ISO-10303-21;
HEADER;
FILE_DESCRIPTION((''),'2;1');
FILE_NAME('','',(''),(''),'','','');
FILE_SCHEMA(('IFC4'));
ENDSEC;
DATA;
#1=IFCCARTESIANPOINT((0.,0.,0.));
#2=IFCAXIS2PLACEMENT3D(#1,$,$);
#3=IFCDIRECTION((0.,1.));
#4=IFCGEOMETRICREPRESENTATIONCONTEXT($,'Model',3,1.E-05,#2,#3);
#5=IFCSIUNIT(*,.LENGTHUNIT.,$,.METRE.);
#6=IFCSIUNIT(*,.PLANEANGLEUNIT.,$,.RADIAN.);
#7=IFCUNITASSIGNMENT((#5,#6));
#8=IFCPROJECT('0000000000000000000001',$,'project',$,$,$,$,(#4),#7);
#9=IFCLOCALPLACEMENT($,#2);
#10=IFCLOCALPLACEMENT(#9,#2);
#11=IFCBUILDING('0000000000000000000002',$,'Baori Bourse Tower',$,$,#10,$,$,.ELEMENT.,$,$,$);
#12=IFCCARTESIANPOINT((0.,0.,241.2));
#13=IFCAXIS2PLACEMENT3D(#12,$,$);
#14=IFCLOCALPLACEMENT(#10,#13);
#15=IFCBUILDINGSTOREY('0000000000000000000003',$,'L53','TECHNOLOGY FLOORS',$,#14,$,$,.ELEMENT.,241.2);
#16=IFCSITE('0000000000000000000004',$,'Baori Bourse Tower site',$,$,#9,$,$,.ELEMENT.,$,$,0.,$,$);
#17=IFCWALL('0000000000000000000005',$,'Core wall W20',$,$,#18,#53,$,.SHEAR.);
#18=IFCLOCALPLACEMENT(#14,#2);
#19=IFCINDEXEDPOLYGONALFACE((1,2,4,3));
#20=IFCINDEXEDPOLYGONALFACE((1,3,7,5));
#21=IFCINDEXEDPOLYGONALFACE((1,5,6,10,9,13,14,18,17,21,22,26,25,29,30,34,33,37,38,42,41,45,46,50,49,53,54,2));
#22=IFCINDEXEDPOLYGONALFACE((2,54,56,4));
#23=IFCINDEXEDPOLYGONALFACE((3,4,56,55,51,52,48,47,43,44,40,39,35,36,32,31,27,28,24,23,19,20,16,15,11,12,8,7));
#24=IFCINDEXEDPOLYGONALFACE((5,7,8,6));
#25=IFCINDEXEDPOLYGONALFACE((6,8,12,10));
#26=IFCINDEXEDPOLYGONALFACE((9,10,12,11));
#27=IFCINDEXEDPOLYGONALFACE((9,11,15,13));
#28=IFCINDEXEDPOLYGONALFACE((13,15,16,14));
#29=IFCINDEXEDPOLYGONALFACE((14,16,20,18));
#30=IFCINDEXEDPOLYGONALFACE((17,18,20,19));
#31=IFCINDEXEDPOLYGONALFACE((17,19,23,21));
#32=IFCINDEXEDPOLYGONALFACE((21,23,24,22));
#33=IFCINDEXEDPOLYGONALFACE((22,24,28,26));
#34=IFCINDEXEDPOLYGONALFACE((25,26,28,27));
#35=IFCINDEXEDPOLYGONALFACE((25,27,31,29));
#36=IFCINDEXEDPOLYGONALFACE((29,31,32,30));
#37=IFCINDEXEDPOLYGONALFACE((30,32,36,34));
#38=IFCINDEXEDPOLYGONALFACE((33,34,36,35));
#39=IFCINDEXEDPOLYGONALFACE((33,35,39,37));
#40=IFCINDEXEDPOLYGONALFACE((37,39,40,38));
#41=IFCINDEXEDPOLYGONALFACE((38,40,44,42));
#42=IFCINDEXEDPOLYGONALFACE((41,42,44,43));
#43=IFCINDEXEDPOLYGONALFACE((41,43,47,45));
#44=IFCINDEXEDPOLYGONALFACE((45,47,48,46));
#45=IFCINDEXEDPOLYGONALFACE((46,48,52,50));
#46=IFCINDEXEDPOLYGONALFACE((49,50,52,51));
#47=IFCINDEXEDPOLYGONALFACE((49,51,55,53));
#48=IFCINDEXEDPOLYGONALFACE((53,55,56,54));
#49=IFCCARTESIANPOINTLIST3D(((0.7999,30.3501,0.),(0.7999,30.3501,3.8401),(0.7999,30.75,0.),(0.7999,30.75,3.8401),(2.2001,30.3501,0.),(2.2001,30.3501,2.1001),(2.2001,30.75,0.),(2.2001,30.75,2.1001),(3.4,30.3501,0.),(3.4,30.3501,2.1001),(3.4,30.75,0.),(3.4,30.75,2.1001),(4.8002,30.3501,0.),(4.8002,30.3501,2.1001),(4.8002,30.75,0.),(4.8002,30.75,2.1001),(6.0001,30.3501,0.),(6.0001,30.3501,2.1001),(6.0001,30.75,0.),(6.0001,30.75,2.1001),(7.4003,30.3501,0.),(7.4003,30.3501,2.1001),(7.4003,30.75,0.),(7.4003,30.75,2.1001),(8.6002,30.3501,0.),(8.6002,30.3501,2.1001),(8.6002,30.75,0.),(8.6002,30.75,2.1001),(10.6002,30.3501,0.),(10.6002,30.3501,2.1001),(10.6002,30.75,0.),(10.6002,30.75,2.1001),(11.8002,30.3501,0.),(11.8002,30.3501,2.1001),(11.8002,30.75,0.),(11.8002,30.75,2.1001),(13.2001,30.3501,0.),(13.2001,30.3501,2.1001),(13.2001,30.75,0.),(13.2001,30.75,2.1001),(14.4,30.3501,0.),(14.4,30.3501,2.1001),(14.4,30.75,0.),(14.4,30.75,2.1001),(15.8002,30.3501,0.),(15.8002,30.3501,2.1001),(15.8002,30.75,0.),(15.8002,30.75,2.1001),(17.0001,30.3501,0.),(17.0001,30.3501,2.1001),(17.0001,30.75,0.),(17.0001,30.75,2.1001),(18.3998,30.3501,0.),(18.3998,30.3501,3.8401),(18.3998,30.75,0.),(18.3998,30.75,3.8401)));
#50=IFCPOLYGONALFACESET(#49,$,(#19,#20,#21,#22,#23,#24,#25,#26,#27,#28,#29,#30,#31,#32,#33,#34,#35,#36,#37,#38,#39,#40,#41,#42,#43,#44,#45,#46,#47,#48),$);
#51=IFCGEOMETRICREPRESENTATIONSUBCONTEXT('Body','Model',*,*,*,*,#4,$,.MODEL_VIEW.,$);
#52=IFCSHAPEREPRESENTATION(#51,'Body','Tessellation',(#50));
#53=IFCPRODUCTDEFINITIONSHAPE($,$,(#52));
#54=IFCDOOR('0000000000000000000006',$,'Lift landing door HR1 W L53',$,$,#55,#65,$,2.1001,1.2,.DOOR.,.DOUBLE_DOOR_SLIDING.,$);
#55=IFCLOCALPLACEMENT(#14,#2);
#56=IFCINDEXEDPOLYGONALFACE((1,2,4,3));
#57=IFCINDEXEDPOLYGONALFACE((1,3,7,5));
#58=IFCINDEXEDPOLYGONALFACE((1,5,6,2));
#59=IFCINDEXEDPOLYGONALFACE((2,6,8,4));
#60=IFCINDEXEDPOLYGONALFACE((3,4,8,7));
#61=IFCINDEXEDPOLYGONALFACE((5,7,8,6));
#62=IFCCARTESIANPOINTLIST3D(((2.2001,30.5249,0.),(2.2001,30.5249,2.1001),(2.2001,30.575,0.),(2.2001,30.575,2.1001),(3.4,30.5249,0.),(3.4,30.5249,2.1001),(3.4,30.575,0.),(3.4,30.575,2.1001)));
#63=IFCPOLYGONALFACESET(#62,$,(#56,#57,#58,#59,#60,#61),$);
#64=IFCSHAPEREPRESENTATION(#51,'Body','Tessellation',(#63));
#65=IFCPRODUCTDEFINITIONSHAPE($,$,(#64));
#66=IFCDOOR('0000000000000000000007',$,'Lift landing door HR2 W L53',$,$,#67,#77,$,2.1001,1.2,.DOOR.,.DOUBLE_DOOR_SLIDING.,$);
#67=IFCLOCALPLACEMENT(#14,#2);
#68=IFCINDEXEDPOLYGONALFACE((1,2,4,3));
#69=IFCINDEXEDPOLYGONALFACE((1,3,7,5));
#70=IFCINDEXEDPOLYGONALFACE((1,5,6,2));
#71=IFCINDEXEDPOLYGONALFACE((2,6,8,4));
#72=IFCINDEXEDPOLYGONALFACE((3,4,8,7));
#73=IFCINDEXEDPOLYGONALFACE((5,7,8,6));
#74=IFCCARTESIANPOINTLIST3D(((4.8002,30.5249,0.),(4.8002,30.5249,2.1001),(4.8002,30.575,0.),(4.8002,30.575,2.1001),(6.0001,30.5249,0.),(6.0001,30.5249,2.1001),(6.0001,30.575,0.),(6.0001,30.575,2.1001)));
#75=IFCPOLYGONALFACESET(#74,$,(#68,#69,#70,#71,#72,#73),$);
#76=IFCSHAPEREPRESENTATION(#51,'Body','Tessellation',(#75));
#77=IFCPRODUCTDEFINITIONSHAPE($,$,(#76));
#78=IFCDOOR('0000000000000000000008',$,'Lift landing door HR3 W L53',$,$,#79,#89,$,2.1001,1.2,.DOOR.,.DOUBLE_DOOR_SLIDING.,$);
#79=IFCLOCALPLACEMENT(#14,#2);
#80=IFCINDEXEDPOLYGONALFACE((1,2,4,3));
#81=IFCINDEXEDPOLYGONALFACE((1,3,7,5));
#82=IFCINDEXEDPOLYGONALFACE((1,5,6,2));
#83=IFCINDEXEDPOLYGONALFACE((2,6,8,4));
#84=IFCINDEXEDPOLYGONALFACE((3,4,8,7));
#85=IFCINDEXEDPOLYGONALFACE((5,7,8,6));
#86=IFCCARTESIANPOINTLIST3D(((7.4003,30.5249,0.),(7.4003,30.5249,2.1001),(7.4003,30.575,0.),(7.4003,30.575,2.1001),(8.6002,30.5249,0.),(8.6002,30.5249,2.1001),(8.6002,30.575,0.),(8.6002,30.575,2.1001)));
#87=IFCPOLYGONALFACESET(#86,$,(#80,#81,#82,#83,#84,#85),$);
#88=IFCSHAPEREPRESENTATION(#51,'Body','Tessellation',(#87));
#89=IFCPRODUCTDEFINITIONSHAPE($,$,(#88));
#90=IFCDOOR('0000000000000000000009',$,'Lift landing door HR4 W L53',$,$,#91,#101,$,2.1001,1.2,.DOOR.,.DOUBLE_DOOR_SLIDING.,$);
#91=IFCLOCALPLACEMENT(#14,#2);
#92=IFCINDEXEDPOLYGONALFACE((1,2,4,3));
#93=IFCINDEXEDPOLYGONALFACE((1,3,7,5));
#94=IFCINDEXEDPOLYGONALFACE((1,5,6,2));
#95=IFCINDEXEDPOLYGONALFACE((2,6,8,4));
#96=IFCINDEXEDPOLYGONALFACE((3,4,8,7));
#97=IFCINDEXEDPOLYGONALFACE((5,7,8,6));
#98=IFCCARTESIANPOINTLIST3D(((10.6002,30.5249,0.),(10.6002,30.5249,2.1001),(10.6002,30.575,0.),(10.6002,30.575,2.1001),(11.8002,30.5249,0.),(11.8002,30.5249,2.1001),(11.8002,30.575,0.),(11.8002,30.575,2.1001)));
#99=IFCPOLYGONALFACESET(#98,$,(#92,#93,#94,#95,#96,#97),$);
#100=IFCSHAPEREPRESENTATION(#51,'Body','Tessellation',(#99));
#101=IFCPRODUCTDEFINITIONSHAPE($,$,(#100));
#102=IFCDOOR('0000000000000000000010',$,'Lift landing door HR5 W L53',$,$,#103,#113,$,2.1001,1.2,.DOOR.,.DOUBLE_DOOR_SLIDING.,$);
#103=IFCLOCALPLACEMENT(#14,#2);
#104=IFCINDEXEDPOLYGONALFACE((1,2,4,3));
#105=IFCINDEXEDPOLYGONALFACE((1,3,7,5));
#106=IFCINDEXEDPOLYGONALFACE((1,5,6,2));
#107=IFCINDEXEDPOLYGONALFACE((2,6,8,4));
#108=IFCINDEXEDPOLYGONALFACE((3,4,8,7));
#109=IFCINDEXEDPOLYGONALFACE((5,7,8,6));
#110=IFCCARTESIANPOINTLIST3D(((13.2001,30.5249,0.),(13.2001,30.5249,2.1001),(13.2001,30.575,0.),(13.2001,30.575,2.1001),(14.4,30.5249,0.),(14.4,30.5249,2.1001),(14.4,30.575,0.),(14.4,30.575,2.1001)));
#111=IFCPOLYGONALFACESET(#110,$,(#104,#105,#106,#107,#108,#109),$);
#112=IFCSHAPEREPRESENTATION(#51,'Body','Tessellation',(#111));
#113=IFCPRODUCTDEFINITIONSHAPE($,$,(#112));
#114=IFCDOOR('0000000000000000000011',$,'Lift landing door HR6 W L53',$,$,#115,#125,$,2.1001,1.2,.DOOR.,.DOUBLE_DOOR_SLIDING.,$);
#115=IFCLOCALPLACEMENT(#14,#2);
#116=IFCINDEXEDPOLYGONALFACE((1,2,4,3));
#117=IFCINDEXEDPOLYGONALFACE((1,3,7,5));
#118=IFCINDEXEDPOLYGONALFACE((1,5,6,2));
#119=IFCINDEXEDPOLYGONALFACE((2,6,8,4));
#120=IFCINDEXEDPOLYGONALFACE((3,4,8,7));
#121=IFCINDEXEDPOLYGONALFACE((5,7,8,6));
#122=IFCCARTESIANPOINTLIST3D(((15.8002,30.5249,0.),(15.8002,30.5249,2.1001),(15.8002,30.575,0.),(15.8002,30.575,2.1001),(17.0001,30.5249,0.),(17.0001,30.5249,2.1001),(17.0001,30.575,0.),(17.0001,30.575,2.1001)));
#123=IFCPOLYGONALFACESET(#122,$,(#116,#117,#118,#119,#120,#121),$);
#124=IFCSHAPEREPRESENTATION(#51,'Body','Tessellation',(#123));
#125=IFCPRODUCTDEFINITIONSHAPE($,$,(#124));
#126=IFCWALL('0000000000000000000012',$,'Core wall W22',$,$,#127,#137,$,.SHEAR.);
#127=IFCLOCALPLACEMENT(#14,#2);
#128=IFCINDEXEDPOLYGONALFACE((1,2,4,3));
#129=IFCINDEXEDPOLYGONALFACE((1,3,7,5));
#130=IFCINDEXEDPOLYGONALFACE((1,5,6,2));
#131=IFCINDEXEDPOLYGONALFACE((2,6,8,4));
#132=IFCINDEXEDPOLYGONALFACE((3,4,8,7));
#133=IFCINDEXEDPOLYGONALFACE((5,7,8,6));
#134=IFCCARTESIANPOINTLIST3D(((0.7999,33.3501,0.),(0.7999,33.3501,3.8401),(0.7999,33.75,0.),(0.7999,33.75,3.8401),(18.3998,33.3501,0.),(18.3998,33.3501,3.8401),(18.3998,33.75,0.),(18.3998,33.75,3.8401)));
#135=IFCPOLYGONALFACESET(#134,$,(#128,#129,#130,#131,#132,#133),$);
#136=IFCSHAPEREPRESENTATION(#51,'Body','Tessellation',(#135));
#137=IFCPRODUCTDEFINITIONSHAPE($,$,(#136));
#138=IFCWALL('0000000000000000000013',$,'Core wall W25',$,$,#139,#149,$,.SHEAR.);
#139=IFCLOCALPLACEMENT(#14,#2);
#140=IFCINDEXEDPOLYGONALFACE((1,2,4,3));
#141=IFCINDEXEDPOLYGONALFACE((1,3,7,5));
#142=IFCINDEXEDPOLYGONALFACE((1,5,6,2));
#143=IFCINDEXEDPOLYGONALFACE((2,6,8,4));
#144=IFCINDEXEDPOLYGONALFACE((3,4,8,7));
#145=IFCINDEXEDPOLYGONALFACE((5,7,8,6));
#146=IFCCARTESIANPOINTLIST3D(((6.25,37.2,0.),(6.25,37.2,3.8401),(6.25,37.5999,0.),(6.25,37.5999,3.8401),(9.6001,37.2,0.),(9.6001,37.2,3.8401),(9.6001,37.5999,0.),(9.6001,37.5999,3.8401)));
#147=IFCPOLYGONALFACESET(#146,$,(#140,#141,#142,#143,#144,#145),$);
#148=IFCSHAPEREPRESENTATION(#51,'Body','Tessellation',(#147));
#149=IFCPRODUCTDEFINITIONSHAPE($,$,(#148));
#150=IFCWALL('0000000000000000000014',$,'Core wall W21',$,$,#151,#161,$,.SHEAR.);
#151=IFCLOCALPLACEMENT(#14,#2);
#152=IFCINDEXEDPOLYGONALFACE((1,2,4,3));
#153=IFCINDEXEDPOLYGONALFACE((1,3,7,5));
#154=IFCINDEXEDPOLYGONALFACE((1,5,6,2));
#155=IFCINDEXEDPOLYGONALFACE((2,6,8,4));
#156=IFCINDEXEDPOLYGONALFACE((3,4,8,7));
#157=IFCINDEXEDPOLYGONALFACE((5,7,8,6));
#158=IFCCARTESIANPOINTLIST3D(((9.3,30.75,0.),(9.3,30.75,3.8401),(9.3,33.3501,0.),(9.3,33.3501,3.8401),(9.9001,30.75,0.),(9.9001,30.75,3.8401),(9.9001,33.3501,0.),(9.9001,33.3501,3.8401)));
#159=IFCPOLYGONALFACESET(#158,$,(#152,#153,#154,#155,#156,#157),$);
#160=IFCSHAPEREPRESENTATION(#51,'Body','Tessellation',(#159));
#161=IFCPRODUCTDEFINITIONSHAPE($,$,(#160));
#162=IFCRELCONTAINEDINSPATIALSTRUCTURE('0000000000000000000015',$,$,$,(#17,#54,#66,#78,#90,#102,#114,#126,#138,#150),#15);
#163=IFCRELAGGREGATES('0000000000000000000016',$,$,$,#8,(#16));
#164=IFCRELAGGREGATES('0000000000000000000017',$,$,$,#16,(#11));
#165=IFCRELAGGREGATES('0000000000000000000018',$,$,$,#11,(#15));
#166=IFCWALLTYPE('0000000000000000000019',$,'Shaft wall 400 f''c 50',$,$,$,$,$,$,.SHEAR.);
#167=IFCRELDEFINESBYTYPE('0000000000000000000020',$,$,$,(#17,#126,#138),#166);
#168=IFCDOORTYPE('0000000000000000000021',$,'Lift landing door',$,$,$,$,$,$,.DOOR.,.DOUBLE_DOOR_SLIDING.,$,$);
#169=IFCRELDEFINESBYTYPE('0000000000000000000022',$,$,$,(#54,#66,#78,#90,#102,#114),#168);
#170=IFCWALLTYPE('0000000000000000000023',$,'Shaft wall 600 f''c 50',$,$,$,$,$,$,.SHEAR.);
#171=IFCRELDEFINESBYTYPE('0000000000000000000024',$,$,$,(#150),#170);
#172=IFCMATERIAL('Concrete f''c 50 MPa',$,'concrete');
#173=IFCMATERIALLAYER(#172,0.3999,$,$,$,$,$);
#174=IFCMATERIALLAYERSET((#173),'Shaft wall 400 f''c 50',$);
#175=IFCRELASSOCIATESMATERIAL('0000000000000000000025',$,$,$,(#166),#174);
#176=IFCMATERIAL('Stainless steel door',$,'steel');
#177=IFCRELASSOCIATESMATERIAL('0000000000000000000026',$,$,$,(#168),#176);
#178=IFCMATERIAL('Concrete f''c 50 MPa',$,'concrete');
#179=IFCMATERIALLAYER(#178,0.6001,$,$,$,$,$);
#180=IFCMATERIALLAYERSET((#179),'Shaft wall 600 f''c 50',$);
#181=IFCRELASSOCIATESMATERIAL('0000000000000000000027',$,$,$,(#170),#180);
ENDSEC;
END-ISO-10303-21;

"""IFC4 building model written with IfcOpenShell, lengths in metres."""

from ifc_helpers import new_model, si_unit, direction, frame, frame_2d, origin, place, context, subcontext, project, spatial, rectangle, extrude, material, layer, layer_set, type_object, element, fill, save


model = new_model("IFC4")

# Units and contexts
model_context = context("Model", 3, precision=1e-05, world=origin(), true_north=direction((0.0, 1.0)))
body_context = subcontext(model_context, "Body", "Model", "MODEL_VIEW")
ifc_project = project(units=[si_unit("LENGTHUNIT", "METRE"), si_unit("PLANEANGLEUNIT", "RADIAN")], contexts=[model_context])

# Site, building, storey
site_placement = place(None, origin())
site = spatial("IfcSite", under=ifc_project, at=site_placement, Name="Baori Bourse Tower site", CompositionType="ELEMENT", RefElevation=0.0)
building_placement = place(site_placement, origin())
building = spatial("IfcBuilding", under=site, at=building_placement, Name="Baori Bourse Tower", CompositionType="ELEMENT")
storey_placement = place(building_placement, frame((0.0, 0.0, 241.2)))
storey = spatial("IfcBuildingStorey", under=building, at=storey_placement, Name="L53", Description="TECHNOLOGY FLOORS", CompositionType="ELEMENT", Elevation=241.2)

# Wall, openings, doors
ifc_material_1 = material(Name="Concrete f'c 50 MPa", Category="concrete")
ifc_layer_1 = layer(ifc_material_1, 0.3999)
ifc_layer_set_1 = layer_set([ifc_layer_1], Name="Shaft wall 400 f'c 50")
wall_type_1 = type_object("IfcWallType", Name="Shaft wall 400 f'c 50", PredefinedType="SHEAR", material=ifc_layer_set_1)
ifc_material_2 = material(Name="Stainless steel door", Category="steel")
door_type_1 = type_object("IfcDoorType", Name="Lift landing door", OperationType="DOUBLE_DOOR_SLIDING", PredefinedType="DOOR", material=ifc_material_2)
wall_1_placement = place(storey_placement, frame((0.8, 30.55, 0.0), z_axis=(0.0, 0.0, 1.0), x_axis=(1.0, 0.0, 0.0)))
wall_1 = element("IfcWall", 1, at=wall_1_placement, inside=storey, type_object=wall_type_1, Name="Core wall W20", PredefinedType="SHEAR", context=body_context, shape_type="SweptSolid", body=[
    extrude(rectangle(XDim=17.5999, YDim=0.3999, at=frame_2d((8.7998, 0.0))), origin(), (0.0, 0.0, 1.0), 3.8401),
])
opening_1_placement = place(wall_1_placement, frame((1.3999, 0.0, 0.0)))
opening_1 = element("IfcOpeningElement", 2, at=opening_1_placement, cuts=wall_1, PredefinedType="OPENING", context=body_context, shape_type="SweptSolid", body=[
    extrude(rectangle(XDim=1.2, YDim=2.1001, at=frame_2d((0.6001, 1.05))), frame((0.0, 0.21, 0.0), z_axis=(0.0, -1.0, 0.0), x_axis=(1.0, 0.0, 0.0)), (0.0, 0.0, 1.0), 0.4199),
])
opening_2_placement = place(wall_1_placement, frame((4.0, 0.0, 0.0)))
opening_2 = element("IfcOpeningElement", 3, at=opening_2_placement, cuts=wall_1, PredefinedType="OPENING", context=body_context, shape_type="SweptSolid", body=[
    extrude(rectangle(XDim=1.2, YDim=2.1001, at=frame_2d((0.6001, 1.05))), frame((0.0, 0.21, 0.0), z_axis=(0.0, -1.0, 0.0), x_axis=(1.0, 0.0, 0.0)), (0.0, 0.0, 1.0), 0.4199),
])
opening_3_placement = place(wall_1_placement, frame((6.6001, 0.0, 0.0)))
opening_3 = element("IfcOpeningElement", 4, at=opening_3_placement, cuts=wall_1, PredefinedType="OPENING", context=body_context, shape_type="SweptSolid", body=[
    extrude(rectangle(XDim=1.2, YDim=2.1001, at=frame_2d((0.6001, 1.05))), frame((0.0, 0.21, 0.0), z_axis=(0.0, -1.0, 0.0), x_axis=(1.0, 0.0, 0.0)), (0.0, 0.0, 1.0), 0.4199),
])
opening_4_placement = place(wall_1_placement, frame((9.8, 0.0, 0.0)))
opening_4 = element("IfcOpeningElement", 5, at=opening_4_placement, cuts=wall_1, PredefinedType="OPENING", context=body_context, shape_type="SweptSolid", body=[
    extrude(rectangle(XDim=1.2, YDim=2.1001, at=frame_2d((0.6001, 1.05))), frame((0.0, 0.21, 0.0), z_axis=(0.0, -1.0, 0.0), x_axis=(1.0, 0.0, 0.0)), (0.0, 0.0, 1.0), 0.4199),
])
opening_5_placement = place(wall_1_placement, frame((12.3999, 0.0, 0.0)))
opening_5 = element("IfcOpeningElement", 6, at=opening_5_placement, cuts=wall_1, PredefinedType="OPENING", context=body_context, shape_type="SweptSolid", body=[
    extrude(rectangle(XDim=1.2, YDim=2.1001, at=frame_2d((0.6001, 1.05))), frame((0.0, 0.21, 0.0), z_axis=(0.0, -1.0, 0.0), x_axis=(1.0, 0.0, 0.0)), (0.0, 0.0, 1.0), 0.4199),
])
opening_6_placement = place(wall_1_placement, frame((15.0, 0.0, 0.0)))
opening_6 = element("IfcOpeningElement", 7, at=opening_6_placement, cuts=wall_1, PredefinedType="OPENING", context=body_context, shape_type="SweptSolid", body=[
    extrude(rectangle(XDim=1.2, YDim=2.1001, at=frame_2d((0.6001, 1.05))), frame((0.0, 0.21, 0.0), z_axis=(0.0, -1.0, 0.0), x_axis=(1.0, 0.0, 0.0)), (0.0, 0.0, 1.0), 0.4199),
])
door_1_placement = place(opening_1_placement, origin())
door_1 = element("IfcDoor", 8, at=door_1_placement, inside=storey, type_object=door_type_1, Name="Lift landing door HR1 W L53", OperationType="DOUBLE_DOOR_SLIDING", OverallHeight=2.1001, OverallWidth=1.2, PredefinedType="DOOR", context=body_context, shape_type="SweptSolid", body=[
    extrude(rectangle(XDim=1.2, YDim=2.1001, at=frame_2d((0.6001, 1.05))), frame((0.0, 0.0249, 0.0), z_axis=(0.0, -1.0, 0.0), x_axis=(1.0, 0.0, 0.0)), (0.0, 0.0, 1.0), 0.05),
])
fill(opening_1, door_1)
door_2_placement = place(opening_2_placement, origin())
door_2 = element("IfcDoor", 9, at=door_2_placement, inside=storey, type_object=door_type_1, Name="Lift landing door HR2 W L53", OperationType="DOUBLE_DOOR_SLIDING", OverallHeight=2.1001, OverallWidth=1.2, PredefinedType="DOOR", context=body_context, shape_type="SweptSolid", body=[
    extrude(rectangle(XDim=1.2, YDim=2.1001, at=frame_2d((0.6001, 1.05))), frame((0.0, 0.0249, 0.0), z_axis=(0.0, -1.0, 0.0), x_axis=(1.0, 0.0, 0.0)), (0.0, 0.0, 1.0), 0.05),
])
fill(opening_2, door_2)
door_3_placement = place(opening_3_placement, origin())
door_3 = element("IfcDoor", 10, at=door_3_placement, inside=storey, type_object=door_type_1, Name="Lift landing door HR3 W L53", OperationType="DOUBLE_DOOR_SLIDING", OverallHeight=2.1001, OverallWidth=1.2, PredefinedType="DOOR", context=body_context, shape_type="SweptSolid", body=[
    extrude(rectangle(XDim=1.2, YDim=2.1001, at=frame_2d((0.6001, 1.05))), frame((0.0, 0.0249, 0.0), z_axis=(0.0, -1.0, 0.0), x_axis=(1.0, 0.0, 0.0)), (0.0, 0.0, 1.0), 0.05),
])
fill(opening_3, door_3)
door_4_placement = place(opening_4_placement, origin())
door_4 = element("IfcDoor", 11, at=door_4_placement, inside=storey, type_object=door_type_1, Name="Lift landing door HR4 W L53", OperationType="DOUBLE_DOOR_SLIDING", OverallHeight=2.1001, OverallWidth=1.2, PredefinedType="DOOR", context=body_context, shape_type="SweptSolid", body=[
    extrude(rectangle(XDim=1.2, YDim=2.1001, at=frame_2d((0.6001, 1.05))), frame((0.0, 0.0249, 0.0), z_axis=(0.0, -1.0, 0.0), x_axis=(1.0, 0.0, 0.0)), (0.0, 0.0, 1.0), 0.05),
])
fill(opening_4, door_4)
door_5_placement = place(opening_5_placement, origin())
door_5 = element("IfcDoor", 12, at=door_5_placement, inside=storey, type_object=door_type_1, Name="Lift landing door HR5 W L53", OperationType="DOUBLE_DOOR_SLIDING", OverallHeight=2.1001, OverallWidth=1.2, PredefinedType="DOOR", context=body_context, shape_type="SweptSolid", body=[
    extrude(rectangle(XDim=1.2, YDim=2.1001, at=frame_2d((0.6001, 1.05))), frame((0.0, 0.0249, 0.0), z_axis=(0.0, -1.0, 0.0), x_axis=(1.0, 0.0, 0.0)), (0.0, 0.0, 1.0), 0.05),
])
fill(opening_5, door_5)
door_6_placement = place(opening_6_placement, origin())
door_6 = element("IfcDoor", 13, at=door_6_placement, inside=storey, type_object=door_type_1, Name="Lift landing door HR6 W L53", OperationType="DOUBLE_DOOR_SLIDING", OverallHeight=2.1001, OverallWidth=1.2, PredefinedType="DOOR", context=body_context, shape_type="SweptSolid", body=[
    extrude(rectangle(XDim=1.2, YDim=2.1001, at=frame_2d((0.6001, 1.05))), frame((0.0, 0.0249, 0.0), z_axis=(0.0, -1.0, 0.0), x_axis=(1.0, 0.0, 0.0)), (0.0, 0.0, 1.0), 0.05),
])
fill(opening_6, door_6)

# Walls
wall_2_placement = place(storey_placement, frame((0.8, 33.55, 0.0), z_axis=(0.0, 0.0, 1.0), x_axis=(1.0, 0.0, 0.0)))
element("IfcWall", 14, at=wall_2_placement, inside=storey, type_object=wall_type_1, Name="Core wall W22", PredefinedType="SHEAR", context=body_context, shape_type="SweptSolid", body=[
    extrude(rectangle(XDim=17.5999, YDim=0.3999, at=frame_2d((8.7998, 0.0))), origin(), (0.0, 0.0, 1.0), 3.8401),
])
wall_3_placement = place(storey_placement, frame((6.25, 37.3999, 0.0), z_axis=(0.0, 0.0, 1.0), x_axis=(1.0, 0.0, 0.0)))
element("IfcWall", 15, at=wall_3_placement, inside=storey, type_object=wall_type_1, Name="Core wall W25", PredefinedType="SHEAR", context=body_context, shape_type="SweptSolid", body=[
    extrude(rectangle(XDim=3.3501, YDim=0.3999, at=frame_2d((1.675, 0.0))), origin(), (0.0, 0.0, 1.0), 3.8401),
])
ifc_material_3 = material(Name="Concrete f'c 50 MPa", Category="concrete")
ifc_layer_2 = layer(ifc_material_3, 0.6001)
ifc_layer_set_2 = layer_set([ifc_layer_2], Name="Shaft wall 600 f'c 50")
wall_type_2 = type_object("IfcWallType", Name="Shaft wall 600 f'c 50", PredefinedType="SHEAR", material=ifc_layer_set_2)
wall_4_placement = place(storey_placement, frame((9.6001, 30.75, 0.0), z_axis=(0.0, 0.0, 1.0), x_axis=(0.0, 1.0, 0.0)))
element("IfcWall", 16, at=wall_4_placement, inside=storey, type_object=wall_type_2, Name="Core wall W21", PredefinedType="SHEAR", context=body_context, shape_type="SweptSolid", body=[
    extrude(rectangle(XDim=2.6001, YDim=0.6001, at=frame_2d((1.3, 0.0))), origin(), (0.0, 0.0, 1.0), 3.8401),
])

save(model, "model.ifc")
